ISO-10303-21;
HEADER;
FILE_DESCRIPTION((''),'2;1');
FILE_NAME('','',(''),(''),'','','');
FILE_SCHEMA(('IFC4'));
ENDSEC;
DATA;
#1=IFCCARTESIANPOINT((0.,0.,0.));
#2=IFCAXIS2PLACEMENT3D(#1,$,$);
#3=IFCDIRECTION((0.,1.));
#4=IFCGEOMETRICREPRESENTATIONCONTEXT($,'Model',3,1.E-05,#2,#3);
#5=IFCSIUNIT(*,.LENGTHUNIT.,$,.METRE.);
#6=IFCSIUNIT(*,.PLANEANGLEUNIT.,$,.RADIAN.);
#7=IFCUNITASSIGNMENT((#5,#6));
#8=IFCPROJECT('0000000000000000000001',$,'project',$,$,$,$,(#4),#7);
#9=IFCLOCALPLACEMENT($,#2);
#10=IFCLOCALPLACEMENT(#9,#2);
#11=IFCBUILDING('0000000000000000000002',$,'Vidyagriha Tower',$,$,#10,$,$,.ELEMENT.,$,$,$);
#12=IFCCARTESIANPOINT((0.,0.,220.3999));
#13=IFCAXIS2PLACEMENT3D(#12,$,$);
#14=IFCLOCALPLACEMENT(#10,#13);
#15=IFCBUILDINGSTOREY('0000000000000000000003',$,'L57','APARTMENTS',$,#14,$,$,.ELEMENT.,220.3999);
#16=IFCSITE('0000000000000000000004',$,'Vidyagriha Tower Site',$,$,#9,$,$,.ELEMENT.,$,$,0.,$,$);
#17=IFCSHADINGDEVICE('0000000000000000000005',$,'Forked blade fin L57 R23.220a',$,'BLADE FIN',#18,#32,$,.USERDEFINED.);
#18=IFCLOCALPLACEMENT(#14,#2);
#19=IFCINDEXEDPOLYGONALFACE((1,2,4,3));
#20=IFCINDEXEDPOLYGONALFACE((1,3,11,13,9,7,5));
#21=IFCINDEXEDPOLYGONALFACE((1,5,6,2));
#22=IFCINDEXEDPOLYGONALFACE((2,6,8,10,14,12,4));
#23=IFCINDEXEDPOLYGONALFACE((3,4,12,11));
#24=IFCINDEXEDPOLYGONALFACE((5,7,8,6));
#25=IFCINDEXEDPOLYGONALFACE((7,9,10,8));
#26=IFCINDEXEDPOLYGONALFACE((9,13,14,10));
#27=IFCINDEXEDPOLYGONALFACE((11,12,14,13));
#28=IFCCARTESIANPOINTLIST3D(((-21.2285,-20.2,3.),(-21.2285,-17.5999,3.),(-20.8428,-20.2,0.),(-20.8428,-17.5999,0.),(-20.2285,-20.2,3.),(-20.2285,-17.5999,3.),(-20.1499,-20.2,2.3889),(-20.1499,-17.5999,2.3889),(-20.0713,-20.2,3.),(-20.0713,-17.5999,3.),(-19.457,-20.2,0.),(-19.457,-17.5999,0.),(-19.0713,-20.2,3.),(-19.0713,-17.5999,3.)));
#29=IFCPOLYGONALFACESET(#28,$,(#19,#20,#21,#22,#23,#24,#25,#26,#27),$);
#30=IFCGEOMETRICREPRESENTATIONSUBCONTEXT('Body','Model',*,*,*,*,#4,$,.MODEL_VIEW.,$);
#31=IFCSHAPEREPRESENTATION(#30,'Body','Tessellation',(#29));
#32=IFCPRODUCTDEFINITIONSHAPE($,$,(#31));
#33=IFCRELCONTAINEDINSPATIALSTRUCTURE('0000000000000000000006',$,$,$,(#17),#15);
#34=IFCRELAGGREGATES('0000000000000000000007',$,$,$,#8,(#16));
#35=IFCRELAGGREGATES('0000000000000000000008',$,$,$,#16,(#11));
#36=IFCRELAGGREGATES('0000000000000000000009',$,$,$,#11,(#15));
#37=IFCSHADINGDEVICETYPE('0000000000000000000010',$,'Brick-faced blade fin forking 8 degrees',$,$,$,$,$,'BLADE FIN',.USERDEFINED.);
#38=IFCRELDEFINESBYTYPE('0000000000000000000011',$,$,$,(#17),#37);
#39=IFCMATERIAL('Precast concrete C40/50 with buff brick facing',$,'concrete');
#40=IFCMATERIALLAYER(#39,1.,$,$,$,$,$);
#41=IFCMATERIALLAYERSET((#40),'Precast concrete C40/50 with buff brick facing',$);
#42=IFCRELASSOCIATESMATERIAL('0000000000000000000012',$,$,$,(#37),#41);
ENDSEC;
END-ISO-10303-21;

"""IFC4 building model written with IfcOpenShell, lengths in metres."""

from ifc_helpers import new_model, si_unit, direction, frame, origin, place, context, subcontext, project, spatial, polyline, outline, extrude, material, layer, layer_set, type_object, element, save


model = new_model("IFC4")

# Units and contexts
model_context = context("Model", 3, precision=1e-05, world=origin(), true_north=direction((0.0, 1.0)))
body_context = subcontext(model_context, "Body", "Model", "MODEL_VIEW")
ifc_project = project(units=[si_unit("LENGTHUNIT", "METRE"), si_unit("PLANEANGLEUNIT", "RADIAN")], contexts=[model_context])

# Site, building, storey
site_placement = place(None, origin())
site = spatial("IfcSite", under=ifc_project, at=site_placement, Name="Vidyagriha Tower Site", CompositionType="ELEMENT", RefElevation=0.0)
building_placement = place(site_placement, origin())
building = spatial("IfcBuilding", under=site, at=building_placement, Name="Vidyagriha Tower", CompositionType="ELEMENT")
storey_placement = place(building_placement, frame((0.0, 0.0, 220.3999)))
storey = spatial("IfcBuildingStorey", under=building, at=storey_placement, Name="L57", Description="APARTMENTS", CompositionType="ELEMENT", Elevation=220.3999)

# Shading device
ifc_material_1 = material(Name="Precast concrete C40/50 with buff brick facing", Category="concrete")
ifc_layer_1 = layer(ifc_material_1, 1.0)
ifc_layer_set_1 = layer_set([ifc_layer_1], Name="Precast concrete C40/50 with buff brick facing")
shading_device_type_1 = type_object("IfcShadingDeviceType", Name="Brick-faced blade fin forking 8 degrees", ElementType="BLADE FIN", PredefinedType="USERDEFINED", material=ifc_layer_set_1)
shading_device_1_placement = place(storey_placement, frame((-21.2285, -18.8999, 0.0)))
element("IfcShadingDevice", 1, at=shading_device_1_placement, inside=storey, type_object=shading_device_type_1, Name="Forked blade fin L57 R23.220a", ObjectType="BLADE FIN", PredefinedType="USERDEFINED", context=body_context, shape_type="SweptSolid", body=[
    extrude(outline(polyline([(0.3857, 0.0), (1.7715, 0.0), (2.1572, 3.0), (1.1572, 3.0), (1.0786, 2.3889), (1.0, 3.0), (0.0, 3.0), (0.3857, 0.0)])), frame((0.0, 1.3, 0.0), z_axis=(0.0, -1.0, 0.0), x_axis=(1.0, 0.0, 0.0)), (0.0, 0.0, 1.0), 2.6001),
])

save(model, "model.ifc")
